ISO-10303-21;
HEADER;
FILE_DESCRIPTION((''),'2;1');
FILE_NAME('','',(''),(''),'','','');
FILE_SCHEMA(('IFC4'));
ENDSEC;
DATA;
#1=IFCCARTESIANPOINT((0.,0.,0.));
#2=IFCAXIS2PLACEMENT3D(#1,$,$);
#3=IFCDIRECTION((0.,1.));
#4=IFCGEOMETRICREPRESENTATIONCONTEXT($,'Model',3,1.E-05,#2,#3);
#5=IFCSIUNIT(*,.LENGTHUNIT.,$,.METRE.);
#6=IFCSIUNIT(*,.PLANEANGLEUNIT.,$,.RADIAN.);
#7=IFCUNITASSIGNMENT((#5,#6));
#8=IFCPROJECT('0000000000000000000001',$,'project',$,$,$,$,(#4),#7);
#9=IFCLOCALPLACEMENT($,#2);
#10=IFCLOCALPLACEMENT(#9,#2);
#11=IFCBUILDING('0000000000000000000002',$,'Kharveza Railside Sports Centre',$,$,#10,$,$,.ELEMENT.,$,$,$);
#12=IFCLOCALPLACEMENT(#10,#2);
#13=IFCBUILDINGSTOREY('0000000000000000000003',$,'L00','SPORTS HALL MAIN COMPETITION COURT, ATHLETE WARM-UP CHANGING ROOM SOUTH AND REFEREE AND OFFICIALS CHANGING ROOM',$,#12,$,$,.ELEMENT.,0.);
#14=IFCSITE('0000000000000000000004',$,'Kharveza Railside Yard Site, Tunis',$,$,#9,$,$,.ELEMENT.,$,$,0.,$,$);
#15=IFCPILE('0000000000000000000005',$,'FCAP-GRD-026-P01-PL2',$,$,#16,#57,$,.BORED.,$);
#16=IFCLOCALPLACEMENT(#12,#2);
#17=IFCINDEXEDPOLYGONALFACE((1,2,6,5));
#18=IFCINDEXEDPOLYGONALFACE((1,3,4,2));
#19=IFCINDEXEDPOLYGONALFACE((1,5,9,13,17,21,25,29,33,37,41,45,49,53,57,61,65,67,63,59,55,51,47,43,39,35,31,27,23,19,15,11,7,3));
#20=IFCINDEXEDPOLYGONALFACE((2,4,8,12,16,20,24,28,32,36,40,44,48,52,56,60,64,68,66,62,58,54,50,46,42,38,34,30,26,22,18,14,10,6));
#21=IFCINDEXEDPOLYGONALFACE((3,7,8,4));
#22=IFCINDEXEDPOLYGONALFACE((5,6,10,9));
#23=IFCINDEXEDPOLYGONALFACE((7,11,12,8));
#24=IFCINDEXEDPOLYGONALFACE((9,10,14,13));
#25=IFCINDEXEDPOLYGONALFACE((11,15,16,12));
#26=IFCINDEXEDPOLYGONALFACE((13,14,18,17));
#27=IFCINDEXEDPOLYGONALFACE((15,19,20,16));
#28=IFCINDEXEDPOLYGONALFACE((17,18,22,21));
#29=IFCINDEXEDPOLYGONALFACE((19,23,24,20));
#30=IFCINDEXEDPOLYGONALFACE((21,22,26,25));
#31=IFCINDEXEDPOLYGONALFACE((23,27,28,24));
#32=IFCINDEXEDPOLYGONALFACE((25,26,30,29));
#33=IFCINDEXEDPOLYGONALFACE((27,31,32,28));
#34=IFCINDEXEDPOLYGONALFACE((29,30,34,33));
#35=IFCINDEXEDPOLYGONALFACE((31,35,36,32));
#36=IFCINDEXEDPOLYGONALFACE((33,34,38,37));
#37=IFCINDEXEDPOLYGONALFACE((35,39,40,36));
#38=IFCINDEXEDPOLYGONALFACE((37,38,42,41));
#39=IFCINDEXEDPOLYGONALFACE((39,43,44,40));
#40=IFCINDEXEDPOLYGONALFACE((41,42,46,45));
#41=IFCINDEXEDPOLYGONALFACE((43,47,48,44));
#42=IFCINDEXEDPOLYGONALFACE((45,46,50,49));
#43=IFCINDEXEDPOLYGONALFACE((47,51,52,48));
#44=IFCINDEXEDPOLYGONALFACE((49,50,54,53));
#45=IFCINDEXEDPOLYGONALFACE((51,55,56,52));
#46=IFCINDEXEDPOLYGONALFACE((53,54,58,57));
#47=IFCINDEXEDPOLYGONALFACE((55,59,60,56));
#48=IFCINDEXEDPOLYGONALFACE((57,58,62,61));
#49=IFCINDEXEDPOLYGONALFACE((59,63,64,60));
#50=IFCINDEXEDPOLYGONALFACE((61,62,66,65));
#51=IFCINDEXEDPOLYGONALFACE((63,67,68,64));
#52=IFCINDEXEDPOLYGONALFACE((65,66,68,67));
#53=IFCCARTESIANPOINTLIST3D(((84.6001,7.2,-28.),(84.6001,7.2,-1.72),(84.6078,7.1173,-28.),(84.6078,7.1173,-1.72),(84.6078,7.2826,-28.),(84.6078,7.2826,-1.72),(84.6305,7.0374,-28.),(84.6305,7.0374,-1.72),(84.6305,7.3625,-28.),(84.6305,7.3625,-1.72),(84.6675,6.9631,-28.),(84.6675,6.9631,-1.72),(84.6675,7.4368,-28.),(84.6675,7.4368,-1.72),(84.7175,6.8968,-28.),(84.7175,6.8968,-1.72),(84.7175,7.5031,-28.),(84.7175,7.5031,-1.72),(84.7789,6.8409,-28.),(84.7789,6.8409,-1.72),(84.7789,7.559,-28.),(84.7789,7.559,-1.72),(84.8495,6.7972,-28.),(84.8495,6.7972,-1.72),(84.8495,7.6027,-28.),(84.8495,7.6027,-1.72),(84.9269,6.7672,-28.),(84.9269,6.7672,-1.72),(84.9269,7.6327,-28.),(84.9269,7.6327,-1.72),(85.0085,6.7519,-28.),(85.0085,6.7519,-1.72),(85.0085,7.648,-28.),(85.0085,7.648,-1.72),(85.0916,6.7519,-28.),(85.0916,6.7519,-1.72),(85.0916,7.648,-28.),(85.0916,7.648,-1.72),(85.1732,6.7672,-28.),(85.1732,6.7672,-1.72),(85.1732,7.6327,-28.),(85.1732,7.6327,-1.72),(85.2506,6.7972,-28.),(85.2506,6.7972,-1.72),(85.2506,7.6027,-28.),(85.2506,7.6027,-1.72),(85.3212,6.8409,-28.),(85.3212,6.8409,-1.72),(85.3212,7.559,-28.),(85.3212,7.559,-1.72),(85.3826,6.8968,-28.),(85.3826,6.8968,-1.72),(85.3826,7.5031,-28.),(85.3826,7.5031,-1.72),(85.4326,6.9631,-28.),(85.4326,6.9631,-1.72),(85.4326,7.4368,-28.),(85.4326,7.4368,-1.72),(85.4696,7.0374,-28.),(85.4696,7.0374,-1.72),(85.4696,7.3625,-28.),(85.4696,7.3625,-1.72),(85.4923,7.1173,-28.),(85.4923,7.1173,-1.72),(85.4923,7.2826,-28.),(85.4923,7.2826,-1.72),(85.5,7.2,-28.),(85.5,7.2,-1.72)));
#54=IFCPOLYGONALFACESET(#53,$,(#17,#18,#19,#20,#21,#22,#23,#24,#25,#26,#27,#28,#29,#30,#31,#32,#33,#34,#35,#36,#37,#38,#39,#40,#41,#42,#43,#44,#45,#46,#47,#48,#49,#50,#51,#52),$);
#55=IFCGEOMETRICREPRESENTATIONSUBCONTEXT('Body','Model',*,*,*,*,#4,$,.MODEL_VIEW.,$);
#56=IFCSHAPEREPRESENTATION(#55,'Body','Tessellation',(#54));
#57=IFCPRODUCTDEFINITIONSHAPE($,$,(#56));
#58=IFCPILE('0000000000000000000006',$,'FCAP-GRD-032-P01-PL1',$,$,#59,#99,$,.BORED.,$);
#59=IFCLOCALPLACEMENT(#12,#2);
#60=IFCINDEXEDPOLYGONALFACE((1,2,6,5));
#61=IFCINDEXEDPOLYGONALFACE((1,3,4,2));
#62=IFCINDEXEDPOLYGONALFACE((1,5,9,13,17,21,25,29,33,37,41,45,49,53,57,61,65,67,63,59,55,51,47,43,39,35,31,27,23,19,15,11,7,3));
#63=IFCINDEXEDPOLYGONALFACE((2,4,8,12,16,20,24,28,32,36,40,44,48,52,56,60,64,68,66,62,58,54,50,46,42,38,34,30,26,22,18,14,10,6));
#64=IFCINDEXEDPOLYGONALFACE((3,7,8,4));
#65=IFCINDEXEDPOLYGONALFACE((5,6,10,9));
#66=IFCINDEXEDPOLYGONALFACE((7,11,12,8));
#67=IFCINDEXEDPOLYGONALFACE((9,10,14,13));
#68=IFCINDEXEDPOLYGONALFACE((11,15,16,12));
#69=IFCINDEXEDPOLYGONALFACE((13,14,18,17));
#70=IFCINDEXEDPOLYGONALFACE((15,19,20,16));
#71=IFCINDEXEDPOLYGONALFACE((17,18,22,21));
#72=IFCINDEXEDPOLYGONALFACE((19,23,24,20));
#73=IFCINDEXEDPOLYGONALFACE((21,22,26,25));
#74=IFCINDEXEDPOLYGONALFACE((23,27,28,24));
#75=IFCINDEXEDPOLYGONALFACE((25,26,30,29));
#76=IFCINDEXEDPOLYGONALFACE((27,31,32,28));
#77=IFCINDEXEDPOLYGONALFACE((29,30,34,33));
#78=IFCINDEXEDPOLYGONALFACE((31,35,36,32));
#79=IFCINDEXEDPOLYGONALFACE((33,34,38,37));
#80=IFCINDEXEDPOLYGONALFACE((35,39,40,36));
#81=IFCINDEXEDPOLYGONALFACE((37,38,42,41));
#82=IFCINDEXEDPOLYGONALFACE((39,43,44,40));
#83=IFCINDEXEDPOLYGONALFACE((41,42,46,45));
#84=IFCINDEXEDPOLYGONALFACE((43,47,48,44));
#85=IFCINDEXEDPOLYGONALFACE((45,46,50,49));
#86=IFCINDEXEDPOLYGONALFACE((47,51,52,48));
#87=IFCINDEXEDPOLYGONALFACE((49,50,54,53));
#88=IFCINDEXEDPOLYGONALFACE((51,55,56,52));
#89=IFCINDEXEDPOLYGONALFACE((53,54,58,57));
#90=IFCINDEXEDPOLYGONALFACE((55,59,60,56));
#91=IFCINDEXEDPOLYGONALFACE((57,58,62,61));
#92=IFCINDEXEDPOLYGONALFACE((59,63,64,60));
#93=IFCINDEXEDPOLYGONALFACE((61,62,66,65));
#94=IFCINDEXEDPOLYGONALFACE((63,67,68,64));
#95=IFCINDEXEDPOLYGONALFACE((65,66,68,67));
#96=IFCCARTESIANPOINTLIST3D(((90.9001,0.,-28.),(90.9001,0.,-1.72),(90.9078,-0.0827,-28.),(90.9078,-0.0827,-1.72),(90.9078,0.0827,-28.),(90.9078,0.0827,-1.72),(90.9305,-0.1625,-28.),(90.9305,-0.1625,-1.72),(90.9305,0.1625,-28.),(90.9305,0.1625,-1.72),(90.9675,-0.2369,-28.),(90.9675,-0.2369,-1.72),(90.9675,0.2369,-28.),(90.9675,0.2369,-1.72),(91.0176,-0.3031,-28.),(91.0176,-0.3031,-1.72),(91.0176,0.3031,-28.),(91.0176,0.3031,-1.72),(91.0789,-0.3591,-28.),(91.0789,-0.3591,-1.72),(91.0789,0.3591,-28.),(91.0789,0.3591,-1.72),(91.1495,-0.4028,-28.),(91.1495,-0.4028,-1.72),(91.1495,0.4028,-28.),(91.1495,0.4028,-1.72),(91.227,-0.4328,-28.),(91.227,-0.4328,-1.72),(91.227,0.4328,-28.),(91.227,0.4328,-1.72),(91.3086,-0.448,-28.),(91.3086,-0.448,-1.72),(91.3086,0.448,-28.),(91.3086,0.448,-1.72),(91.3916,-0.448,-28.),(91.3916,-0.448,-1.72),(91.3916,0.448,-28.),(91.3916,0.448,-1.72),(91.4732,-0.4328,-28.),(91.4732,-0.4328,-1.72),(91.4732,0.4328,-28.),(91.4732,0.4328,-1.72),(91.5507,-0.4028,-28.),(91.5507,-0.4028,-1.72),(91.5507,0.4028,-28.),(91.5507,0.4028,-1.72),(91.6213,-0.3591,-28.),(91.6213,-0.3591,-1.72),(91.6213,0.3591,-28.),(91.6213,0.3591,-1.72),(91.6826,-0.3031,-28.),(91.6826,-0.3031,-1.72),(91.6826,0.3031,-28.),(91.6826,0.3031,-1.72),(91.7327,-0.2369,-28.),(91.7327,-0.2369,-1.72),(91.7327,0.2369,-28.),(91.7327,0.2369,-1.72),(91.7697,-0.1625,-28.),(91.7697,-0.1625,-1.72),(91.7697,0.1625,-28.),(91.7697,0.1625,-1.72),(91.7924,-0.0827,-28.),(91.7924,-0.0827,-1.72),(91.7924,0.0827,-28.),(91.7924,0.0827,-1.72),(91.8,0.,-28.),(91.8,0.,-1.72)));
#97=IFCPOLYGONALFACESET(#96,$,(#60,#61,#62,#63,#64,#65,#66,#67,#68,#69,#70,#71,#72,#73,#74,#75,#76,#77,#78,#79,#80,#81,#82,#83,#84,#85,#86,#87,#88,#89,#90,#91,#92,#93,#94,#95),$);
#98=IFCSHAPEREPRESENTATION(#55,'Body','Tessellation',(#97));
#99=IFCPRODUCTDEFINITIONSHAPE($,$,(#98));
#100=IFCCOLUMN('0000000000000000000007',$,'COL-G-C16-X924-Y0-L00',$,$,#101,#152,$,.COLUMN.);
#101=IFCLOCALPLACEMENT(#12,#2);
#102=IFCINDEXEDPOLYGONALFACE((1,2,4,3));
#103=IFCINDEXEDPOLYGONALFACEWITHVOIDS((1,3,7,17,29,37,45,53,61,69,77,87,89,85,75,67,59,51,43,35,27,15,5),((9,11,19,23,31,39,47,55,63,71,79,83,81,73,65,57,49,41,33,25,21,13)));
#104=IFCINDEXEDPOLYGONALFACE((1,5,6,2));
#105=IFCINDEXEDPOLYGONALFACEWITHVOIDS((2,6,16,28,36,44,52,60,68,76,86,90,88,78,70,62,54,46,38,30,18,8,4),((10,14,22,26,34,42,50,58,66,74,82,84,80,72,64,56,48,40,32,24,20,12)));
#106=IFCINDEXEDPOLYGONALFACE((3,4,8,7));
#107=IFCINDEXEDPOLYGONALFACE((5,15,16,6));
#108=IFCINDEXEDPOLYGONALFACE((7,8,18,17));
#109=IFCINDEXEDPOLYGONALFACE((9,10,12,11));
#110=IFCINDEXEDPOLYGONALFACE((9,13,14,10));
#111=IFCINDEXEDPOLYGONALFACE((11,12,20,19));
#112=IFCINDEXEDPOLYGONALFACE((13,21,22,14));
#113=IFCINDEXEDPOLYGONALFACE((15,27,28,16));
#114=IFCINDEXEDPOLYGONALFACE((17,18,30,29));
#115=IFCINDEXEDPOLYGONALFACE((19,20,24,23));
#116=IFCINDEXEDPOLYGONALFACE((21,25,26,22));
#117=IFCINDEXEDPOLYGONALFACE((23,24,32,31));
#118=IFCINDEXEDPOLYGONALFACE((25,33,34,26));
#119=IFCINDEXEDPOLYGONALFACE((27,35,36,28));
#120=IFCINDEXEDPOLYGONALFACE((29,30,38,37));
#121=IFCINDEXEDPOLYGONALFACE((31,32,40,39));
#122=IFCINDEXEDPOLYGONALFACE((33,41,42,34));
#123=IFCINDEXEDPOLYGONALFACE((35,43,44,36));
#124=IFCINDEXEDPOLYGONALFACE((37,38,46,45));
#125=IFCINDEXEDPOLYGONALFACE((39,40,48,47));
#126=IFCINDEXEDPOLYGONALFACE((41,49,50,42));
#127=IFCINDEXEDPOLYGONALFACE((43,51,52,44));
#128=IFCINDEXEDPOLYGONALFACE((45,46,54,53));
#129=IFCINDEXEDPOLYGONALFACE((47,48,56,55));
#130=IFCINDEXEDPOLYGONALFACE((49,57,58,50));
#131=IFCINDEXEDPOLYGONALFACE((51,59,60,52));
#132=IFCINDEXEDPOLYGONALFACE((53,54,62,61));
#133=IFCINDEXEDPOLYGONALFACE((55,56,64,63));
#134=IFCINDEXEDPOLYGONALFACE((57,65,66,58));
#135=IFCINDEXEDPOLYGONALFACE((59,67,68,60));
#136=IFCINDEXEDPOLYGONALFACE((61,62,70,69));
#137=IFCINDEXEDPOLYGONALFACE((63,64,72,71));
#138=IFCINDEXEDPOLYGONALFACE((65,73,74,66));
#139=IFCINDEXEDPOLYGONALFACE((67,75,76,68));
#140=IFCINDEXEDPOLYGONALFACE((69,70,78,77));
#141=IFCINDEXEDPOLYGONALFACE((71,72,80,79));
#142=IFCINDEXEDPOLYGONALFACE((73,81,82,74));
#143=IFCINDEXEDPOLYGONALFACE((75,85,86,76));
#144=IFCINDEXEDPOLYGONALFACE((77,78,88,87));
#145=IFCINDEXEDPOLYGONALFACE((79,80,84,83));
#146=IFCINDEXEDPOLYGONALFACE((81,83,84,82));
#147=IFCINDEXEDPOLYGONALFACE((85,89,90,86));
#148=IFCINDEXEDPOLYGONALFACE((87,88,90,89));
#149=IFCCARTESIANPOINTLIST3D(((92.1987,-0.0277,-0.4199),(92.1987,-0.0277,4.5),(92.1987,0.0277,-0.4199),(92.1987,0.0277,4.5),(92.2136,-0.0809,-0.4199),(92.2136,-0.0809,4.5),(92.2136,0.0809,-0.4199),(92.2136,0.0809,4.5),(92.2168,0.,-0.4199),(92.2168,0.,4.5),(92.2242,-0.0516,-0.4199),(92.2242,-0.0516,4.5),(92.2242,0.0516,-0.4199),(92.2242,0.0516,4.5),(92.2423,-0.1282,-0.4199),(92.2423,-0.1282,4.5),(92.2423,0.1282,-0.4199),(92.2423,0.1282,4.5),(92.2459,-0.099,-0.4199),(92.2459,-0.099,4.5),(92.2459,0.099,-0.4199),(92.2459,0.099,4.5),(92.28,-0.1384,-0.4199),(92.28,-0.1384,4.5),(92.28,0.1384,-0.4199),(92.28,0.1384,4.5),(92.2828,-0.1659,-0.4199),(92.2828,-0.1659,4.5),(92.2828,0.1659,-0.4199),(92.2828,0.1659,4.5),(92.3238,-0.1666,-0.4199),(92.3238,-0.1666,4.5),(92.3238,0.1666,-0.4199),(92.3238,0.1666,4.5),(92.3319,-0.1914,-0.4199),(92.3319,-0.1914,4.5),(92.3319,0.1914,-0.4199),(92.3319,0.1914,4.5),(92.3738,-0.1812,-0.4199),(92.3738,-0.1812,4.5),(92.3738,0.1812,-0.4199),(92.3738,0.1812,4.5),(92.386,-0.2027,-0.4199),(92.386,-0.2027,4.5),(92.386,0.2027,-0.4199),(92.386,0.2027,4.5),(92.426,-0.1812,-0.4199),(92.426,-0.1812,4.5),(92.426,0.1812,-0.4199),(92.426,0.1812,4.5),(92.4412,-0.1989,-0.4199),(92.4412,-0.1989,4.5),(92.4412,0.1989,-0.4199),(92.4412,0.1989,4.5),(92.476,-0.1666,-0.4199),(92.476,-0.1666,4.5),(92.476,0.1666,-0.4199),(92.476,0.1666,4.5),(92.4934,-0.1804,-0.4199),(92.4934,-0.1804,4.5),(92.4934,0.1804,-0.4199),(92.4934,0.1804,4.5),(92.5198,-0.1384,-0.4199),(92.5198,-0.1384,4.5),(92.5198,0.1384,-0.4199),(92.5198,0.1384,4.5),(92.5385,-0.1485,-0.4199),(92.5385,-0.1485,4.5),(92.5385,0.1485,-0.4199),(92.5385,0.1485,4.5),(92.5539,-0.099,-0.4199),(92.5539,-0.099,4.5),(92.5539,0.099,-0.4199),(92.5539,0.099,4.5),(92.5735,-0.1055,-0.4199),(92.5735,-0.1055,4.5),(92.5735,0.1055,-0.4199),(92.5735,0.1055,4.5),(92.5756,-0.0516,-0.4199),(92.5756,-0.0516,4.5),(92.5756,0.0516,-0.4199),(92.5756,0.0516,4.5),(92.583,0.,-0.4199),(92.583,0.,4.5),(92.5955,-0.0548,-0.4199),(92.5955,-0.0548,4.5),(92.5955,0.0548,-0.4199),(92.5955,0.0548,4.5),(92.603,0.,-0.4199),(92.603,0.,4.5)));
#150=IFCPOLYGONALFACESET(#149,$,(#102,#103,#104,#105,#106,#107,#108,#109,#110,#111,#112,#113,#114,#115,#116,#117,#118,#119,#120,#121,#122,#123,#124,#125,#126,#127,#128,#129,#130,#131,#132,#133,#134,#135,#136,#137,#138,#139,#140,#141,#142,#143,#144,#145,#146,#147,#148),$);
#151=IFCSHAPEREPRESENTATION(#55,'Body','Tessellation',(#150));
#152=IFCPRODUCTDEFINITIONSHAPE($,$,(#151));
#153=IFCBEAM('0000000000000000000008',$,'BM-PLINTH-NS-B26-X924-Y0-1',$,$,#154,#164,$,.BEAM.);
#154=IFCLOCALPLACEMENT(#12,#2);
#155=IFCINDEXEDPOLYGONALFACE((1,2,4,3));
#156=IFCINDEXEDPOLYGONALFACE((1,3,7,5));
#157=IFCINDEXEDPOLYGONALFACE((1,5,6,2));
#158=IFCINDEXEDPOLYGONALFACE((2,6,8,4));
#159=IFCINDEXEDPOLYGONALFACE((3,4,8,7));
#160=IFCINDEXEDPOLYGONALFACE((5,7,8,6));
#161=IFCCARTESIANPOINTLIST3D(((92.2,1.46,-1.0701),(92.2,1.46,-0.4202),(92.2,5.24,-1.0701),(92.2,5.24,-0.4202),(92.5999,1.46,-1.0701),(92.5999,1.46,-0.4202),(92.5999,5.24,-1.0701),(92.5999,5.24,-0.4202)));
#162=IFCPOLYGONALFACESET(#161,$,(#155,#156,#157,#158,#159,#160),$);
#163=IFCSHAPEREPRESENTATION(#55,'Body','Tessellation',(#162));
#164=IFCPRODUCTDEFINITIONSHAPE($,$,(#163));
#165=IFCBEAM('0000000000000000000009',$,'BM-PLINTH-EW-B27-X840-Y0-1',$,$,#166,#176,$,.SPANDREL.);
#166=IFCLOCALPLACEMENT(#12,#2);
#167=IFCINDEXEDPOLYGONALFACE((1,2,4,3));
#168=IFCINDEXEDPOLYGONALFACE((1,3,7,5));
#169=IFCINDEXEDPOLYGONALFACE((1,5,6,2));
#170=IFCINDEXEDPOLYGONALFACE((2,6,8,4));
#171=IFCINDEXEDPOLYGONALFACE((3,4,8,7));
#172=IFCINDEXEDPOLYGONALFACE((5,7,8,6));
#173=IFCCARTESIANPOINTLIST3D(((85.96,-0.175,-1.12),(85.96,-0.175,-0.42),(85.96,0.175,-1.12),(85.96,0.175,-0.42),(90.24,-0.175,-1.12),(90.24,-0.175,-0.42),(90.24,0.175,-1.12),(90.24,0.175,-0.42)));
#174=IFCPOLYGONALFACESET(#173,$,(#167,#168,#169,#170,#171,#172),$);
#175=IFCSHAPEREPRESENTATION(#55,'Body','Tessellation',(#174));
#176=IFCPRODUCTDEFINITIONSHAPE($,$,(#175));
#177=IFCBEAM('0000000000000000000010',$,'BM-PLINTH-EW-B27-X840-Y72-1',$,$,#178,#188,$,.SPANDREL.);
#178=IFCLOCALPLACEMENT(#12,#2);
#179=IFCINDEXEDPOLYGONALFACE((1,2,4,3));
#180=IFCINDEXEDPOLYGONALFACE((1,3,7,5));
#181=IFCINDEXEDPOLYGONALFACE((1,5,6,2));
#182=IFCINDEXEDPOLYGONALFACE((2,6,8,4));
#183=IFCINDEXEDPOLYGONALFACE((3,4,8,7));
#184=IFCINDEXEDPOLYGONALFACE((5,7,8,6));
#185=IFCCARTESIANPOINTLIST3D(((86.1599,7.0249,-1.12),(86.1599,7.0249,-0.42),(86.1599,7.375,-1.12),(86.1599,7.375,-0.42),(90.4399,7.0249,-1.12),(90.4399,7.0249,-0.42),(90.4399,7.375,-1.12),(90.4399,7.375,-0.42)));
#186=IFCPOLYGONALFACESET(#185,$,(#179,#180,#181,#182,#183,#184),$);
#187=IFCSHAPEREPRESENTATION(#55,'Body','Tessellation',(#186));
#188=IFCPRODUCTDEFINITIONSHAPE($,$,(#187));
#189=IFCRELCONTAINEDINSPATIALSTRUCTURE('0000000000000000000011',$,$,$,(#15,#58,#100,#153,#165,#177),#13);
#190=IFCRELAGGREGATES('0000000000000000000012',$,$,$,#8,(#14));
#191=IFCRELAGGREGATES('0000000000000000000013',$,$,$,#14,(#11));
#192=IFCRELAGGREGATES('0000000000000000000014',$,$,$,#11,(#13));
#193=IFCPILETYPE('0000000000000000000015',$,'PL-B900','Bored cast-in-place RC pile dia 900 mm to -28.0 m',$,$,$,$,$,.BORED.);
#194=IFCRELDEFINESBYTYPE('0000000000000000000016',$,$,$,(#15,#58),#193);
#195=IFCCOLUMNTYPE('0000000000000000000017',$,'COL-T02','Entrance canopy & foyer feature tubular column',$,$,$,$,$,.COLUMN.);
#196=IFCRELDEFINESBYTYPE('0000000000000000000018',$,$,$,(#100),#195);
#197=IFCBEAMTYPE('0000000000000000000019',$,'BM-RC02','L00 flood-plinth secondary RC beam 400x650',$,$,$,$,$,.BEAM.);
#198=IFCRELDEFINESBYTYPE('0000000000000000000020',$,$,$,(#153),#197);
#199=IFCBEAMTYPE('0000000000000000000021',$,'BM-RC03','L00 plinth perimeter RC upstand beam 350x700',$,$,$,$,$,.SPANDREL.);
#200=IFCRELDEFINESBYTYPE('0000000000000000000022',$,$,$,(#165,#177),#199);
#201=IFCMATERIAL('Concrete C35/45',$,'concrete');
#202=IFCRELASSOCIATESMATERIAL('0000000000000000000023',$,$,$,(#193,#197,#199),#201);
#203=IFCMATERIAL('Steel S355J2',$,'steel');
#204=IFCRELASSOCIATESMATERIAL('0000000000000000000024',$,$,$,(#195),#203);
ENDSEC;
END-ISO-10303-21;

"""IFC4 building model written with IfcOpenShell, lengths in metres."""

from ifc_helpers import new_model, si_unit, direction, frame, origin, origin_2d, place, context, subcontext, project, spatial, rectangle, circle, hollow_circle, extrude, material, material_profile, profile_set, type_object, element, save


model = new_model("IFC4")

# Units and contexts
model_context = context("Model", 3, precision=1e-05, world=origin(), true_north=direction((0.0, 1.0)))
body_context = subcontext(model_context, "Body", "Model", "MODEL_VIEW")
ifc_project = project(units=[si_unit("LENGTHUNIT", "METRE"), si_unit("PLANEANGLEUNIT", "RADIAN")], contexts=[model_context])

# Site, building, storey
site_placement = place(None, origin())
site = spatial("IfcSite", under=ifc_project, at=site_placement, Name="Kharveza Railside Yard Site, Tunis", CompositionType="ELEMENT", RefElevation=0.0)
building_placement = place(site_placement, origin())
building = spatial("IfcBuilding", under=site, at=building_placement, Name="Kharveza Railside Sports Centre", CompositionType="ELEMENT")
storey_placement = place(building_placement, origin())
storey = spatial("IfcBuildingStorey", under=building, at=storey_placement, Name="L00", Description="SPORTS HALL MAIN COMPETITION COURT, ATHLETE WARM-UP CHANGING ROOM SOUTH AND REFEREE AND OFFICIALS CHANGING ROOM", CompositionType="ELEMENT", Elevation=0.0)

# Shared definitions
ifc_material_1 = material(Name="Concrete C35/45", Category="concrete")

# Piles
ifc_material_profile_1 = material_profile(ifc_material_1, circle(Radius=0.45, at=origin_2d()), Name="PILE D900")
ifc_profile_set_1 = profile_set([ifc_material_profile_1], Name="Concrete C35/45")
pile_type_1 = type_object("IfcPileType", Name="PL-B900", Description="Bored cast-in-place RC pile dia 900 mm to -28.0 m", PredefinedType="BORED", material=ifc_profile_set_1)
for number, where, z_axis, x_axis, name in (
    (1, (85.05, 7.2, -1.72), (0.0, 0.0, -1.0), (1.0, 0.0, 0.0), "FCAP-GRD-026-P01-PL2"),
    (2, (91.3501, 0.0, -1.72), (0.0, 0.0, -1.0), (1.0, 0.0, 0.0), "FCAP-GRD-032-P01-PL1"),
):
    element("IfcPile", number, at=place(storey_placement, frame(where, z_axis=z_axis, x_axis=x_axis)), inside=storey, type_object=pile_type_1, Name=name, PredefinedType="BORED", context=body_context, shape_type="SweptSolid", body=[
        extrude(circle(Radius=0.45, at=origin_2d()), origin(), (0.0, 0.0, 1.0), 26.28),
    ])

# Column
ifc_material_2 = material(Name="Steel S355J2", Category="steel")
ifc_material_profile_2 = material_profile(ifc_material_2, hollow_circle(Radius=0.2031, WallThickness=0.02, at=origin_2d()), Name="CHS 406.4x20.0")
ifc_profile_set_2 = profile_set([ifc_material_profile_2], Name="Steel S355J2")
column_type = type_object("IfcColumnType", Name="COL-T02", Description="Entrance canopy & foyer feature tubular column", PredefinedType="COLUMN", material=ifc_profile_set_2)
column_placement = place(storey_placement, frame((92.3999, 0.0, -0.4199), z_axis=(0.0, 0.0, 1.0), x_axis=(1.0, 0.0, 0.0)))
element("IfcColumn", 3, at=column_placement, inside=storey, type_object=column_type, Name="COL-G-C16-X924-Y0-L00", PredefinedType="COLUMN", context=body_context, shape_type="SweptSolid", body=[
    extrude(hollow_circle(Radius=0.2031, WallThickness=0.02, at=origin_2d()), origin(), (0.0, 0.0, 1.0), 4.9199),
])

# Beams
ifc_material_profile_3 = material_profile(ifc_material_1, rectangle(XDim=0.3999, YDim=0.6499, at=origin_2d()), Name="RCB 400x650")
ifc_profile_set_3 = profile_set([ifc_material_profile_3], Name="Concrete C35/45")
beam_type_1 = type_object("IfcBeamType", Name="BM-RC02", Description="L00 flood-plinth secondary RC beam 400x650", PredefinedType="BEAM", material=ifc_profile_set_3)
beam_1_placement = place(storey_placement, frame((92.3999, 1.46, -0.7451), z_axis=(0.0, 1.0, 0.0), x_axis=(-1.0, 0.0, 0.0)))
element("IfcBeam", 4, at=beam_1_placement, inside=storey, type_object=beam_type_1, Name="BM-PLINTH-NS-B26-X924-Y0-1", PredefinedType="BEAM", context=body_context, shape_type="SweptSolid", body=[
    extrude(rectangle(XDim=0.3999, YDim=0.6499, at=origin_2d()), origin(), (0.0, 0.0, 1.0), 3.78),
])
ifc_material_profile_4 = material_profile(ifc_material_1, rectangle(XDim=0.3501, YDim=0.7, at=origin_2d()), Name="RCB 350x700")
ifc_profile_set_4 = profile_set([ifc_material_profile_4], Name="Concrete C35/45")
beam_type_2 = type_object("IfcBeamType", Name="BM-RC03", Description="L00 plinth perimeter RC upstand beam 350x700", PredefinedType="SPANDREL", material=ifc_profile_set_4)
for number, where, z_axis, x_axis, name in (
    (5, (85.96, 0.0, -0.77), (1.0, 0.0, 0.0), (0.0, 1.0, 0.0), "BM-PLINTH-EW-B27-X840-Y0-1"),
    (6, (86.1599, 7.2, -0.77), (1.0, 0.0, 0.0), (0.0, 1.0, 0.0), "BM-PLINTH-EW-B27-X840-Y72-1"),
):
    element("IfcBeam", number, at=place(storey_placement, frame(where, z_axis=z_axis, x_axis=x_axis)), inside=storey, type_object=beam_type_2, Name=name, PredefinedType="SPANDREL", context=body_context, shape_type="SweptSolid", body=[
        extrude(rectangle(XDim=0.3501, YDim=0.7, at=origin_2d()), origin(), (0.0, 0.0, 1.0), 4.28),
    ])

save(model, "model.ifc")
